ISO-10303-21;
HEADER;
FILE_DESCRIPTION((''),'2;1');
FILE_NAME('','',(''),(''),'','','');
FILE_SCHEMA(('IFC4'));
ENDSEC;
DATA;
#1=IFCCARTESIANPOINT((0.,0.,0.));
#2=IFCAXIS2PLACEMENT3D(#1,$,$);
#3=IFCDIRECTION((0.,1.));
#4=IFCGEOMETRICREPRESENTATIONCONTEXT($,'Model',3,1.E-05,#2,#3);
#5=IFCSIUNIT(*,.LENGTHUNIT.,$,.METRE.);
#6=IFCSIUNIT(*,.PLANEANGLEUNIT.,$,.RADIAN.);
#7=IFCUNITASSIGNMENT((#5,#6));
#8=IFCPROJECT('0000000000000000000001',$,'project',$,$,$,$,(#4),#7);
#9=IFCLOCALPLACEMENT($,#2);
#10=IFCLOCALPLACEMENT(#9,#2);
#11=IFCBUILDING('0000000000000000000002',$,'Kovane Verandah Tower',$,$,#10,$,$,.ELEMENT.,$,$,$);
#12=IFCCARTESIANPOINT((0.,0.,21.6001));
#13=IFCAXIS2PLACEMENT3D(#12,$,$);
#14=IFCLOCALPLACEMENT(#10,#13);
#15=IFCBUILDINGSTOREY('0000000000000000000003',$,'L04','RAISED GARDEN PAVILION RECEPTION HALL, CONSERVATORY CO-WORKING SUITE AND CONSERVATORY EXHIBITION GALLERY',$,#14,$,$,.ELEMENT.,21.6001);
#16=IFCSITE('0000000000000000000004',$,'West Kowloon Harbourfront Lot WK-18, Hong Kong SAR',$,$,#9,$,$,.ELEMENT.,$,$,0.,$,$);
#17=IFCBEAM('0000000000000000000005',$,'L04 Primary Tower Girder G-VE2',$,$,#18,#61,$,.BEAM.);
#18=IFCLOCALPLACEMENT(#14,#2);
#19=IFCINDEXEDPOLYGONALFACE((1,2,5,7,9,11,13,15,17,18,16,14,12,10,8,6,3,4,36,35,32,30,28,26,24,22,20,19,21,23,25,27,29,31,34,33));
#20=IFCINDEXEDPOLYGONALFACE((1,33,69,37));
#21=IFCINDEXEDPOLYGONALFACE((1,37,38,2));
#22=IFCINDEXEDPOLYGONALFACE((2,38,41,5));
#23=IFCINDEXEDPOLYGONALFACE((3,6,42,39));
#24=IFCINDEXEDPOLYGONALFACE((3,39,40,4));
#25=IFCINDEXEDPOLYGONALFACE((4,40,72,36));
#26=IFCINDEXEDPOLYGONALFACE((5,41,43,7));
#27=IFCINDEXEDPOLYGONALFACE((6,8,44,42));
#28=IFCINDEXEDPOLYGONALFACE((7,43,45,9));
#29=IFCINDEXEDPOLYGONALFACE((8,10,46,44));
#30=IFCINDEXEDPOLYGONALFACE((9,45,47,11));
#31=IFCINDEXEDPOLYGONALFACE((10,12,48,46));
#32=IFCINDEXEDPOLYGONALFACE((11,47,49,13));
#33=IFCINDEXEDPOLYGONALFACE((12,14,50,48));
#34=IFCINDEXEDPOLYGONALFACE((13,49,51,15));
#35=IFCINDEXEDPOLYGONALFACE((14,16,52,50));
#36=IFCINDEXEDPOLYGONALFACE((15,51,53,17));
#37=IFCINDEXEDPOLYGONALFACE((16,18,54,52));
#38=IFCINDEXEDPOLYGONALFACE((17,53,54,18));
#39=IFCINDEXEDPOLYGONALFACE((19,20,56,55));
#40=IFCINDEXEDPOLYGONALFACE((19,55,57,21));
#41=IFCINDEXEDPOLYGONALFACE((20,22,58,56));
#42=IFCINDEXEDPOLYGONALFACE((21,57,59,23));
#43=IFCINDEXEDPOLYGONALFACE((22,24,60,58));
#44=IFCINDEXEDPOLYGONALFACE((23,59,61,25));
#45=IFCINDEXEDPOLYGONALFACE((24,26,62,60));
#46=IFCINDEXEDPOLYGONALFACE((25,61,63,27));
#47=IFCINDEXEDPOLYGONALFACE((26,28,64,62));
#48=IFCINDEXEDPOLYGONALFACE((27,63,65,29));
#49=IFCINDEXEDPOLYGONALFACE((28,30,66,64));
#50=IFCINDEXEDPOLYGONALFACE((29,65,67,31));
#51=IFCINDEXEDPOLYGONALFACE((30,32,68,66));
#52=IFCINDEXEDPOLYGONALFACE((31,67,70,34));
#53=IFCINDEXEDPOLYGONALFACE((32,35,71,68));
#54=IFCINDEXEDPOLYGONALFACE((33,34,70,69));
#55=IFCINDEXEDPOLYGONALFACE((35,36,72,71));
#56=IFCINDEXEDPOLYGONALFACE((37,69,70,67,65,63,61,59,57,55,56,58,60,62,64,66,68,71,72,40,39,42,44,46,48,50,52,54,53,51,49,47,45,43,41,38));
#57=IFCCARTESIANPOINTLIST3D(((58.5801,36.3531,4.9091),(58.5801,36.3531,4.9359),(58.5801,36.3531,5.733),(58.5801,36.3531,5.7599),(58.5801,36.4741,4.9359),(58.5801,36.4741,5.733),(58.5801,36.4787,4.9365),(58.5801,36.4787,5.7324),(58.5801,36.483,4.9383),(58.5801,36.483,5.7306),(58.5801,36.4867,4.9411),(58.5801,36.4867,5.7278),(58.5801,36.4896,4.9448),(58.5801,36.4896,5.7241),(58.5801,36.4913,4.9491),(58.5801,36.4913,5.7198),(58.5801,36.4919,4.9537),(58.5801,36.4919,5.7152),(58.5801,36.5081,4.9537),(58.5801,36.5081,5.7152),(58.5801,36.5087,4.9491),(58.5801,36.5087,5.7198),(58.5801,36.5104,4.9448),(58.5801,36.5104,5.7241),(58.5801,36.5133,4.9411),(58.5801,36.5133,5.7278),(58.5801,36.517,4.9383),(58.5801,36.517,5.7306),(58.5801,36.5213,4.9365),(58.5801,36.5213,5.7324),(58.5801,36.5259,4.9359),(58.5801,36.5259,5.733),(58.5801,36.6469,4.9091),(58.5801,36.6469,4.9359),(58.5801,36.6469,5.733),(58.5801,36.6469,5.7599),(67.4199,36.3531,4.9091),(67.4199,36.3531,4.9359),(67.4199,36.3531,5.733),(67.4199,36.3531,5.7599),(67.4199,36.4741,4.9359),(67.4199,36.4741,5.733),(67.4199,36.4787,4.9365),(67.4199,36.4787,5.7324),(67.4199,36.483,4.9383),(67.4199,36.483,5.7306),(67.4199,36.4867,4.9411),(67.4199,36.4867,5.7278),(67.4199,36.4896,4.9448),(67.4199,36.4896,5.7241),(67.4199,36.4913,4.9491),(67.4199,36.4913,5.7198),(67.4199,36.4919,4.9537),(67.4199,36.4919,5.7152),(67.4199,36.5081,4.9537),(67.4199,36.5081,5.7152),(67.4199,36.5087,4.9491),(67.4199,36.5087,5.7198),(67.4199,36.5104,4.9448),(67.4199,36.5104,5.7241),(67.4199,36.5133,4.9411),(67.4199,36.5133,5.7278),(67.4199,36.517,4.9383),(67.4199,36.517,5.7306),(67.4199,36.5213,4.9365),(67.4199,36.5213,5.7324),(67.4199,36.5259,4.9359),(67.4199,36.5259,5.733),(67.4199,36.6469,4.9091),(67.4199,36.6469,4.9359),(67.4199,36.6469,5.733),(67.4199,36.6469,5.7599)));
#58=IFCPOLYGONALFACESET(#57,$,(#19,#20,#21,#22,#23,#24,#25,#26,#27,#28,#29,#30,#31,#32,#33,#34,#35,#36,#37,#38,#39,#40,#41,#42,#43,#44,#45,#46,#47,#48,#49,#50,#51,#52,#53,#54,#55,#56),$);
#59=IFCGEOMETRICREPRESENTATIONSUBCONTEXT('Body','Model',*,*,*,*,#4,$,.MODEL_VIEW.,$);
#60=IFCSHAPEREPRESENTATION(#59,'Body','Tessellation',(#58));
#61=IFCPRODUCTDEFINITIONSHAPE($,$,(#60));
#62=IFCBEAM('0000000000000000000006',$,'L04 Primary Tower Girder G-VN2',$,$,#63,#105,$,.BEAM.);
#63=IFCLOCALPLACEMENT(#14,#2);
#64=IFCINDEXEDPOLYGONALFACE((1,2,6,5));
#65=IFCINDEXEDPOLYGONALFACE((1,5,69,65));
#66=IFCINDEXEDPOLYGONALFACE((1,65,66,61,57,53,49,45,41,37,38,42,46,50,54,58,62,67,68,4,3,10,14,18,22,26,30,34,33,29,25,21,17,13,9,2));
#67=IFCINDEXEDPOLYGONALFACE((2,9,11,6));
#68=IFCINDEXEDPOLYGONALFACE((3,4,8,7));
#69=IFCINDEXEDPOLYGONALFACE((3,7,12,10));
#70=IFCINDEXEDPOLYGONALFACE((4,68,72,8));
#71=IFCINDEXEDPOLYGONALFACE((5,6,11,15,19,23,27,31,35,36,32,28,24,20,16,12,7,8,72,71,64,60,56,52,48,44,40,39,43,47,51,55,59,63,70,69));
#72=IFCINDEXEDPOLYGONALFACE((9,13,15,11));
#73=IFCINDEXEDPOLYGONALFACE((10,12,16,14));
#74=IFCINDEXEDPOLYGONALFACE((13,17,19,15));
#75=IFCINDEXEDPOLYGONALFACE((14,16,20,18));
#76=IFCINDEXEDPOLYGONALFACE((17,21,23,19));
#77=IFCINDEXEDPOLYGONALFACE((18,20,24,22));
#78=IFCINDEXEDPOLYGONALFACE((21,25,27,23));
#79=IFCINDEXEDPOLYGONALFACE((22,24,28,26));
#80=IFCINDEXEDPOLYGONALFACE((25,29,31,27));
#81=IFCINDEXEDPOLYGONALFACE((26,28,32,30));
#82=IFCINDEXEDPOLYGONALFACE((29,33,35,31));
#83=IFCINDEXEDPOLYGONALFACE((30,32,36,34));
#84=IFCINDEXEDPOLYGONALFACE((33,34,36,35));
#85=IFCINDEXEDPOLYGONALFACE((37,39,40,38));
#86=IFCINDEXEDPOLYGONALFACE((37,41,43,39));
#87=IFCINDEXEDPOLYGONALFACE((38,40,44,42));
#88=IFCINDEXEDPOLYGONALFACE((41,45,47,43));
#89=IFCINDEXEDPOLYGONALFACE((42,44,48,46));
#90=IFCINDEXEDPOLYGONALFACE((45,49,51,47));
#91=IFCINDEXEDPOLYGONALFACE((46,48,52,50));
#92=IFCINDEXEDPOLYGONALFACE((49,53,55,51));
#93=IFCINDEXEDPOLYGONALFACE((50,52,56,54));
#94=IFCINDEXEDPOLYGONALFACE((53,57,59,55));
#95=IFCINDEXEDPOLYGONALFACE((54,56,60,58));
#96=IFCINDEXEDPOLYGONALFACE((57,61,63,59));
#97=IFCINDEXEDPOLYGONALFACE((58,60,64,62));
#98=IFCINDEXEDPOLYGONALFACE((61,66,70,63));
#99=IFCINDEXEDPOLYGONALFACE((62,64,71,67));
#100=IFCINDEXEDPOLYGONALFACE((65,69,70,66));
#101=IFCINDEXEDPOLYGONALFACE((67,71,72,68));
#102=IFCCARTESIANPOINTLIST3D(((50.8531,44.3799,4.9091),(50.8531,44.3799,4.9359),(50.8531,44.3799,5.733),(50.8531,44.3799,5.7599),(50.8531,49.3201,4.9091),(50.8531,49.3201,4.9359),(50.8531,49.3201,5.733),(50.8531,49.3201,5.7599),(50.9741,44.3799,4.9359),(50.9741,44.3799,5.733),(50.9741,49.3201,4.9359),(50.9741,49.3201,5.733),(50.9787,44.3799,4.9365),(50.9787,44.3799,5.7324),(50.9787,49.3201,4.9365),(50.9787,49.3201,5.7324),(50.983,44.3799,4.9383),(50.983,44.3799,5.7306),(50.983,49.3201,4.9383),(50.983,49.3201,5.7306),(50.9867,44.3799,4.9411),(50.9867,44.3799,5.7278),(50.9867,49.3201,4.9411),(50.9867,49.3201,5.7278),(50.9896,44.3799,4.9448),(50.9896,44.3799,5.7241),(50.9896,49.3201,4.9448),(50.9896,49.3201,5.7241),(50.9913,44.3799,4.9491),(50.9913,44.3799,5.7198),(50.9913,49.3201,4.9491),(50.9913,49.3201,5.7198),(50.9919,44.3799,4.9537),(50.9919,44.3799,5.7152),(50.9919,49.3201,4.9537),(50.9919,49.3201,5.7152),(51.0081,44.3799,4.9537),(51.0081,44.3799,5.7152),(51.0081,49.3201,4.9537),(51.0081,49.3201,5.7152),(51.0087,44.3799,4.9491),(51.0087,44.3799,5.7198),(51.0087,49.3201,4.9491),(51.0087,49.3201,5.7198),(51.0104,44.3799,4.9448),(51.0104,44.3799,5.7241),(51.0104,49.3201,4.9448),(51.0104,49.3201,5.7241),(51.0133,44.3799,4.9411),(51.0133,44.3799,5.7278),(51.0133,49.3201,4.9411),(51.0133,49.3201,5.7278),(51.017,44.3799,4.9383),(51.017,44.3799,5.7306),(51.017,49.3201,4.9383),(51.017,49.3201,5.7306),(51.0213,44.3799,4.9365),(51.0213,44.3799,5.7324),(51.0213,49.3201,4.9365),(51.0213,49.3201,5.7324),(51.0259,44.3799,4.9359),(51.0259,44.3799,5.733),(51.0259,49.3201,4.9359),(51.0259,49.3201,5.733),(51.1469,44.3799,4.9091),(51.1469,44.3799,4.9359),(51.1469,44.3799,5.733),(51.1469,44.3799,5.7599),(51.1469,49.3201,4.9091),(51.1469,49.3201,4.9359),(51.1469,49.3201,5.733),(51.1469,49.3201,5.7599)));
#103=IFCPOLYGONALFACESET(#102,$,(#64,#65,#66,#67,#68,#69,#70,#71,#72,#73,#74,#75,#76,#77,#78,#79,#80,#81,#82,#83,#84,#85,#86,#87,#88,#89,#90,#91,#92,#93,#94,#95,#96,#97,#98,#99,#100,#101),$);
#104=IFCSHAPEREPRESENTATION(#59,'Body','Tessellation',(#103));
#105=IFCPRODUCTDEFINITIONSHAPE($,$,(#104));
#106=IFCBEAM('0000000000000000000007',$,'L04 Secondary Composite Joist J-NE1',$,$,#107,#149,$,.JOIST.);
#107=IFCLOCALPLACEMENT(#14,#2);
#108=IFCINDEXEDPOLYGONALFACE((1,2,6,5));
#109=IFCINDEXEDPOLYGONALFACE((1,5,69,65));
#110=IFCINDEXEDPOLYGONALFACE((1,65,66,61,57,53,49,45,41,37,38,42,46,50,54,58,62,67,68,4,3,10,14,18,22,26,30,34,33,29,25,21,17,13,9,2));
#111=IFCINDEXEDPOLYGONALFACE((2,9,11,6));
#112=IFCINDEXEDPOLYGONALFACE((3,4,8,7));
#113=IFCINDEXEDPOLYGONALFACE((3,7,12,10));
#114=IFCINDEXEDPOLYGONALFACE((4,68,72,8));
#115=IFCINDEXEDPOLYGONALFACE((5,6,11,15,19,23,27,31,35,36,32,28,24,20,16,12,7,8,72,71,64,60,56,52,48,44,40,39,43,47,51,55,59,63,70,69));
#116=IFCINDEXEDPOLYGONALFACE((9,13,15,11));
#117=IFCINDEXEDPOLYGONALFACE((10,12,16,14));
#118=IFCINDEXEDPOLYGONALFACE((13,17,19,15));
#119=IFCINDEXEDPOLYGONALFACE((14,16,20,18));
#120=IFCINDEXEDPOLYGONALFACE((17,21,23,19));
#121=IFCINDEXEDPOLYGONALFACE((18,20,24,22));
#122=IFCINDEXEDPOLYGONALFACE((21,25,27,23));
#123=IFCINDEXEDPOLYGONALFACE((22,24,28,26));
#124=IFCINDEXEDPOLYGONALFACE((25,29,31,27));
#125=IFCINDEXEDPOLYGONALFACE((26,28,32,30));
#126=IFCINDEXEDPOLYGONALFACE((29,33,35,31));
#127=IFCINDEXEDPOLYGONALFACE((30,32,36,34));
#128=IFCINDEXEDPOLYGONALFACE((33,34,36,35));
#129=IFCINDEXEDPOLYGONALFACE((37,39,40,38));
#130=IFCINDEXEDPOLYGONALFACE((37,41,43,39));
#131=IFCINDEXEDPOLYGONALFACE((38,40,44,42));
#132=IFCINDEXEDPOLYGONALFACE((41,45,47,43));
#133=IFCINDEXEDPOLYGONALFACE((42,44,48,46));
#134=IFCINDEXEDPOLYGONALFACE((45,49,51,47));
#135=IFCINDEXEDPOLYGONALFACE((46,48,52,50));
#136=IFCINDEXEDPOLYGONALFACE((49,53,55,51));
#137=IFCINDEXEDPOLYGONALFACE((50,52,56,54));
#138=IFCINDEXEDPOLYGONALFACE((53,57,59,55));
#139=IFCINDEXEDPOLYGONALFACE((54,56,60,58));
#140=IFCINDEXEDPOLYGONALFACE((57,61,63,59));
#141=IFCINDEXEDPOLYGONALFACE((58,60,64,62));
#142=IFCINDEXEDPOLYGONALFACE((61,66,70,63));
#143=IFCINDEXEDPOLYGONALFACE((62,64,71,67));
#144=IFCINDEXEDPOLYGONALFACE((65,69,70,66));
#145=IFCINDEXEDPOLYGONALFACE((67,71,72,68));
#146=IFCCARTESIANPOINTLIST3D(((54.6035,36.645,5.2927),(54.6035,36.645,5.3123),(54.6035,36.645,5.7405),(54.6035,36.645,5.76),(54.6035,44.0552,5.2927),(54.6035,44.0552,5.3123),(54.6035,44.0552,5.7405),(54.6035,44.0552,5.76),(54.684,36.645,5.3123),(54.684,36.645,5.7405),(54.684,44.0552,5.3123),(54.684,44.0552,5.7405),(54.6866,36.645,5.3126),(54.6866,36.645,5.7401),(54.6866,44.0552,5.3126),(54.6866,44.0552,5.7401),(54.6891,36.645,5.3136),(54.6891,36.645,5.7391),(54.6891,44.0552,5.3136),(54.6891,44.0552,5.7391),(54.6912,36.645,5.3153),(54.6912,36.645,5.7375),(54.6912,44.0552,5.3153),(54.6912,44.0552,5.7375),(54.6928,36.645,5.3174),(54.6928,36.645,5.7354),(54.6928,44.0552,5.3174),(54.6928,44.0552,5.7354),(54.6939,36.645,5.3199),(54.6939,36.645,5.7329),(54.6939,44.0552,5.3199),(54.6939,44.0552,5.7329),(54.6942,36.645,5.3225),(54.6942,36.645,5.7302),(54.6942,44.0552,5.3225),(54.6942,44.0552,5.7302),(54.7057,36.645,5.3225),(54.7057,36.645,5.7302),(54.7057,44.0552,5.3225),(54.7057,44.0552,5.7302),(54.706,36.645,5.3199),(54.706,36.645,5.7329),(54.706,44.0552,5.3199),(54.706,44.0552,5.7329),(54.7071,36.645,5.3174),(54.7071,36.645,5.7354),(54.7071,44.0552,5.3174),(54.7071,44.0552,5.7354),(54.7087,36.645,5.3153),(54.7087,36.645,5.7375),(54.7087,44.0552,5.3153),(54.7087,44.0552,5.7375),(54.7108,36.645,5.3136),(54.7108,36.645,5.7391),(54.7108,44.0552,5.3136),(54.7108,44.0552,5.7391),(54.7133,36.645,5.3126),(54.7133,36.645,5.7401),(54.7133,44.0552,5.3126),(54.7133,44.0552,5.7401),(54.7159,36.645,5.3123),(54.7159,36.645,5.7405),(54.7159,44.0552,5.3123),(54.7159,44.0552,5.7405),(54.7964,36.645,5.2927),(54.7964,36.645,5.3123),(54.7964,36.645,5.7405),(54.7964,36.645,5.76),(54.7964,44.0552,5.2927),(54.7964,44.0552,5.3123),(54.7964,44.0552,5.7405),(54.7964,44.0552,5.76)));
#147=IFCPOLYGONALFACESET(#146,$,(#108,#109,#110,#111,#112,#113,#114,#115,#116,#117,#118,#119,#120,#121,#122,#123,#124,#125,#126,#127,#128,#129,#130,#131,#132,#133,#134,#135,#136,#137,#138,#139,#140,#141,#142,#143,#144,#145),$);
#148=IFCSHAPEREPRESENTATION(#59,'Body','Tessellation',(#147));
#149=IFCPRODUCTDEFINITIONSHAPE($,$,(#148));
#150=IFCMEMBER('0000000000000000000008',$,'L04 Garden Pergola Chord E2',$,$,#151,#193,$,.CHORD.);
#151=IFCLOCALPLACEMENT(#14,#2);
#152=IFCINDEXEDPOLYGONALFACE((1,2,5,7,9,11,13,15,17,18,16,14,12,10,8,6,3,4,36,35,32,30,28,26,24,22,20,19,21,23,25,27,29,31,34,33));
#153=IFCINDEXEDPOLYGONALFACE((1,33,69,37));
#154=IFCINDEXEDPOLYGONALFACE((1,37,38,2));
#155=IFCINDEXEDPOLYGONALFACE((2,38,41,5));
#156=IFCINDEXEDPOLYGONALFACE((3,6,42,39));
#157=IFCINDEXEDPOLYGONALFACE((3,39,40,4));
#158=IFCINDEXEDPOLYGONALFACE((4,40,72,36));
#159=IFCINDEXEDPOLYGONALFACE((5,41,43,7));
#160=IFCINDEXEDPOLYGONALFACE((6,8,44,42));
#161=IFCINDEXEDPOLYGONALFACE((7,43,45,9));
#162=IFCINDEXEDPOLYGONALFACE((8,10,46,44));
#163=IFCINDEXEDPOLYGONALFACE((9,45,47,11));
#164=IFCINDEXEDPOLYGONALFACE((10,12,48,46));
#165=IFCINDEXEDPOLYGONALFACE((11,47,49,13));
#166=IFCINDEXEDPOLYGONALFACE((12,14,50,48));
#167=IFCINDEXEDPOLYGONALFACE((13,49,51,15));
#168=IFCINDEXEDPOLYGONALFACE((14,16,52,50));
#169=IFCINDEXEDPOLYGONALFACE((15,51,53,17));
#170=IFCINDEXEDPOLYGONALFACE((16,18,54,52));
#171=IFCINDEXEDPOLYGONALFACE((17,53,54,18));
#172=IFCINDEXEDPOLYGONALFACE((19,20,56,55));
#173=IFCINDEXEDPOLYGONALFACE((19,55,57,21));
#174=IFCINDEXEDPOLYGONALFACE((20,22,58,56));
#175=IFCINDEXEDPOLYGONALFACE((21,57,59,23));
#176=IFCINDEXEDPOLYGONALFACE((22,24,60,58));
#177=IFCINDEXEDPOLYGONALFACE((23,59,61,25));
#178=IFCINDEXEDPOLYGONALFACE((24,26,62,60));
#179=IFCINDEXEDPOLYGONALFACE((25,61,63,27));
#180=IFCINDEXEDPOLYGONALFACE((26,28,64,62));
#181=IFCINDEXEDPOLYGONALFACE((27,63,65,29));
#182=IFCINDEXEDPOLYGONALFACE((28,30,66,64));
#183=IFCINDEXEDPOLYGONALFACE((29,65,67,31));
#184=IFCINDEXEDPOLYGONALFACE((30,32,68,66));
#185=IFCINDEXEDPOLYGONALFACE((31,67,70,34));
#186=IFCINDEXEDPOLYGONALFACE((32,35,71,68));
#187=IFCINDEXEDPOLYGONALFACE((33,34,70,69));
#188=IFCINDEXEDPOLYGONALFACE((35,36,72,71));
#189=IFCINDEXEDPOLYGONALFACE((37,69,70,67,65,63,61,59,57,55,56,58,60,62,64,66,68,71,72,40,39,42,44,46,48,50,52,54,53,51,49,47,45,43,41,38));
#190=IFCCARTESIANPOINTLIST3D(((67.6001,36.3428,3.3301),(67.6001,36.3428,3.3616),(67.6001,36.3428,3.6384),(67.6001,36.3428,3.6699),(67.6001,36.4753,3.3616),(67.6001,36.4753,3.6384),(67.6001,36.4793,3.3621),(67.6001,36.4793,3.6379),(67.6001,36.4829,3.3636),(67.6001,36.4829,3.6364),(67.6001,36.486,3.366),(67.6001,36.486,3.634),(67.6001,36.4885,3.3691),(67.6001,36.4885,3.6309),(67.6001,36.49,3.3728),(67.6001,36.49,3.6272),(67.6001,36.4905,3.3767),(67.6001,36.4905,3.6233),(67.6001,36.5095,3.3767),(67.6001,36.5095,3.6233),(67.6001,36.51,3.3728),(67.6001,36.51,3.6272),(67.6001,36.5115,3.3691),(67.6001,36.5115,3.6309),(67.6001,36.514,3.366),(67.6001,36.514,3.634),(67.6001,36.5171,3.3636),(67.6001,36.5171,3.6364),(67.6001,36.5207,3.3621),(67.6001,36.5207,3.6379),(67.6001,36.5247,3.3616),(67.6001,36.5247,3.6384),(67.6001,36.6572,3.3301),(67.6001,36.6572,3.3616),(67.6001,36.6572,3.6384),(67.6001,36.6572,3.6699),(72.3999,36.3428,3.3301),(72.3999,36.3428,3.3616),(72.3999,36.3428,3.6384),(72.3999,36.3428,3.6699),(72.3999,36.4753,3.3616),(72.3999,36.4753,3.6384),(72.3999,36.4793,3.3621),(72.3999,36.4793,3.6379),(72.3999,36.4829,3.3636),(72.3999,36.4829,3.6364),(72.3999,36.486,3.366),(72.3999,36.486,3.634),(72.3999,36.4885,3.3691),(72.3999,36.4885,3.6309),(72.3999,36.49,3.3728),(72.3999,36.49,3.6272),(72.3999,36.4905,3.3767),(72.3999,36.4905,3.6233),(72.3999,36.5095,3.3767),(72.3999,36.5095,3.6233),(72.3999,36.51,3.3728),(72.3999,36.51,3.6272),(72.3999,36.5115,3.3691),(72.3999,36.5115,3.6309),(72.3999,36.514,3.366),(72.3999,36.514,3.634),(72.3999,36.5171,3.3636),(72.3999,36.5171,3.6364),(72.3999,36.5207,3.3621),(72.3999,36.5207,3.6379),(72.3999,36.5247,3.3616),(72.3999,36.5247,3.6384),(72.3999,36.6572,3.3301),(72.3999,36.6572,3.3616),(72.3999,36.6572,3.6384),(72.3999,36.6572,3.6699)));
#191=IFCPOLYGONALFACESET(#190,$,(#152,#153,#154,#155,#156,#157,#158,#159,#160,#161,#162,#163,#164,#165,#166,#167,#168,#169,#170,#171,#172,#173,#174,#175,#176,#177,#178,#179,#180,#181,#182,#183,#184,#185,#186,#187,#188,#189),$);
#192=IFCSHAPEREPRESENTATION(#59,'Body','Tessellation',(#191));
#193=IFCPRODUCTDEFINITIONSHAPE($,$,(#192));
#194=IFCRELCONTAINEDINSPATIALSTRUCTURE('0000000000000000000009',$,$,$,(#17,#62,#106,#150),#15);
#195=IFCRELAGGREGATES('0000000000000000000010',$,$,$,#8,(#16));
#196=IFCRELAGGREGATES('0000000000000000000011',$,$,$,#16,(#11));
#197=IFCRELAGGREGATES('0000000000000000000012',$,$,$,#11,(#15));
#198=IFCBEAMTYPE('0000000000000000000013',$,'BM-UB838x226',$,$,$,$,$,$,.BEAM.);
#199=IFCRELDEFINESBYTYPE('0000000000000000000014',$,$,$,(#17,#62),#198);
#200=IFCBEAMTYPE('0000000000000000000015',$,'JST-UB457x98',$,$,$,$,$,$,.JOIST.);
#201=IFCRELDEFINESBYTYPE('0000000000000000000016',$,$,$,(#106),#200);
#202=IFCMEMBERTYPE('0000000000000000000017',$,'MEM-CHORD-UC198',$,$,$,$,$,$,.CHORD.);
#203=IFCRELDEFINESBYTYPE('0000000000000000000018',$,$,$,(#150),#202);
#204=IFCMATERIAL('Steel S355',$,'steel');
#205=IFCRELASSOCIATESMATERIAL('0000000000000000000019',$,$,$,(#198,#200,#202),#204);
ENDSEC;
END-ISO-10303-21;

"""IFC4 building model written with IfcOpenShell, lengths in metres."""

from ifc_helpers import new_model, si_unit, direction, frame, origin, origin_2d, place, context, subcontext, project, spatial, i_section, extrude, material, material_profile, profile_set, type_object, element, save


model = new_model("IFC4")

# Units and contexts
model_context = context("Model", 3, precision=1e-05, world=origin(), true_north=direction((0.0, 1.0)))
body_context = subcontext(model_context, "Body", "Model", "MODEL_VIEW")
ifc_project = project(units=[si_unit("LENGTHUNIT", "METRE"), si_unit("PLANEANGLEUNIT", "RADIAN")], contexts=[model_context])

# Site, building, storey
site_placement = place(None, origin())
site = spatial("IfcSite", under=ifc_project, at=site_placement, Name="West Kowloon Harbourfront Lot WK-18, Hong Kong SAR", CompositionType="ELEMENT", RefElevation=0.0)
building_placement = place(site_placement, origin())
building = spatial("IfcBuilding", under=site, at=building_placement, Name="Kovane Verandah Tower", CompositionType="ELEMENT")
storey_placement = place(building_placement, frame((0.0, 0.0, 21.6001)))
storey = spatial("IfcBuildingStorey", under=building, at=storey_placement, Name="L04", Description="RAISED GARDEN PAVILION RECEPTION HALL, CONSERVATORY CO-WORKING SUITE AND CONSERVATORY EXHIBITION GALLERY", CompositionType="ELEMENT", Elevation=21.6001)

# Shared definitions
ifc_material_1 = material(Name="Steel S355", Category="steel")

# Beams
ifc_material_profile_1 = material_profile(ifc_material_1, i_section(OverallWidth=0.2937, OverallDepth=0.8508, WebThickness=0.0161, FlangeThickness=0.0269, FilletRadius=0.0178, at=origin_2d()), Name="UB838x292x226")
ifc_profile_set_1 = profile_set([ifc_material_profile_1], Name="Steel S355")
beam_type_1 = type_object("IfcBeamType", Name="BM-UB838x226", PredefinedType="BEAM", material=ifc_profile_set_1)
beam_1_placement = place(storey_placement, frame((58.5801, 36.5, 5.3345), z_axis=(1.0, 0.0, 0.0), x_axis=(0.0, 1.0, 0.0)))
element("IfcBeam", 1, at=beam_1_placement, inside=storey, type_object=beam_type_1, Name="L04 Primary Tower Girder G-VE2", PredefinedType="BEAM", context=body_context, shape_type="SweptSolid", body=[
    extrude(i_section(OverallWidth=0.2937, OverallDepth=0.8508, WebThickness=0.0161, FlangeThickness=0.0269, FilletRadius=0.0178, at=origin_2d()), origin(), (0.0, 0.0, 1.0), 8.8398),
])
beam_2_placement = place(storey_placement, frame((51.0, 44.3799, 5.3345), z_axis=(0.0, 1.0, 0.0), x_axis=(-1.0, 0.0, 0.0)))
element("IfcBeam", 2, at=beam_2_placement, inside=storey, type_object=beam_type_1, Name="L04 Primary Tower Girder G-VN2", PredefinedType="BEAM", context=body_context, shape_type="SweptSolid", body=[
    extrude(i_section(OverallWidth=0.2937, OverallDepth=0.8508, WebThickness=0.0161, FlangeThickness=0.0269, FilletRadius=0.0178, at=origin_2d()), origin(), (0.0, 0.0, 1.0), 4.9402),
])
ifc_material_profile_2 = material_profile(ifc_material_1, i_section(OverallWidth=0.1929, OverallDepth=0.4673, WebThickness=0.0115, FlangeThickness=0.0195, FilletRadius=0.0103, at=origin_2d()), Name="UB457x191x98")
ifc_profile_set_2 = profile_set([ifc_material_profile_2], Name="Steel S355")
beam_type_2 = type_object("IfcBeamType", Name="JST-UB457x98", PredefinedType="JOIST", material=ifc_profile_set_2)
beam_3_placement = place(storey_placement, frame((54.7, 36.645, 5.5264), z_axis=(0.0, 1.0, 0.0), x_axis=(-1.0, 0.0, 0.0)))
element("IfcBeam", 3, at=beam_3_placement, inside=storey, type_object=beam_type_2, Name="L04 Secondary Composite Joist J-NE1", PredefinedType="JOIST", context=body_context, shape_type="SweptSolid", body=[
    extrude(i_section(OverallWidth=0.1929, OverallDepth=0.4673, WebThickness=0.0115, FlangeThickness=0.0195, FilletRadius=0.0103, at=origin_2d()), origin(), (0.0, 0.0, 1.0), 7.4102),
])

# Member
ifc_material_profile_3 = material_profile(ifc_material_1, i_section(OverallWidth=0.3145, OverallDepth=0.3398, WebThickness=0.019, FlangeThickness=0.0315, FilletRadius=0.0151, at=origin_2d()), Name="UC305x305x198")
ifc_profile_set_3 = profile_set([ifc_material_profile_3], Name="Steel S355")
member_type = type_object("IfcMemberType", Name="MEM-CHORD-UC198", PredefinedType="CHORD", material=ifc_profile_set_3)
member_placement = place(storey_placement, frame((67.6001, 36.5, 3.5), z_axis=(1.0, 0.0, 0.0), x_axis=(0.0, 1.0, 0.0)))
element("IfcMember", 4, at=member_placement, inside=storey, type_object=member_type, Name="L04 Garden Pergola Chord E2", PredefinedType="CHORD", context=body_context, shape_type="SweptSolid", body=[
    extrude(i_section(OverallWidth=0.3145, OverallDepth=0.3398, WebThickness=0.019, FlangeThickness=0.0315, FilletRadius=0.0151, at=origin_2d()), origin(), (0.0, 0.0, 1.0), 4.7998),
])

save(model, "model.ifc")
